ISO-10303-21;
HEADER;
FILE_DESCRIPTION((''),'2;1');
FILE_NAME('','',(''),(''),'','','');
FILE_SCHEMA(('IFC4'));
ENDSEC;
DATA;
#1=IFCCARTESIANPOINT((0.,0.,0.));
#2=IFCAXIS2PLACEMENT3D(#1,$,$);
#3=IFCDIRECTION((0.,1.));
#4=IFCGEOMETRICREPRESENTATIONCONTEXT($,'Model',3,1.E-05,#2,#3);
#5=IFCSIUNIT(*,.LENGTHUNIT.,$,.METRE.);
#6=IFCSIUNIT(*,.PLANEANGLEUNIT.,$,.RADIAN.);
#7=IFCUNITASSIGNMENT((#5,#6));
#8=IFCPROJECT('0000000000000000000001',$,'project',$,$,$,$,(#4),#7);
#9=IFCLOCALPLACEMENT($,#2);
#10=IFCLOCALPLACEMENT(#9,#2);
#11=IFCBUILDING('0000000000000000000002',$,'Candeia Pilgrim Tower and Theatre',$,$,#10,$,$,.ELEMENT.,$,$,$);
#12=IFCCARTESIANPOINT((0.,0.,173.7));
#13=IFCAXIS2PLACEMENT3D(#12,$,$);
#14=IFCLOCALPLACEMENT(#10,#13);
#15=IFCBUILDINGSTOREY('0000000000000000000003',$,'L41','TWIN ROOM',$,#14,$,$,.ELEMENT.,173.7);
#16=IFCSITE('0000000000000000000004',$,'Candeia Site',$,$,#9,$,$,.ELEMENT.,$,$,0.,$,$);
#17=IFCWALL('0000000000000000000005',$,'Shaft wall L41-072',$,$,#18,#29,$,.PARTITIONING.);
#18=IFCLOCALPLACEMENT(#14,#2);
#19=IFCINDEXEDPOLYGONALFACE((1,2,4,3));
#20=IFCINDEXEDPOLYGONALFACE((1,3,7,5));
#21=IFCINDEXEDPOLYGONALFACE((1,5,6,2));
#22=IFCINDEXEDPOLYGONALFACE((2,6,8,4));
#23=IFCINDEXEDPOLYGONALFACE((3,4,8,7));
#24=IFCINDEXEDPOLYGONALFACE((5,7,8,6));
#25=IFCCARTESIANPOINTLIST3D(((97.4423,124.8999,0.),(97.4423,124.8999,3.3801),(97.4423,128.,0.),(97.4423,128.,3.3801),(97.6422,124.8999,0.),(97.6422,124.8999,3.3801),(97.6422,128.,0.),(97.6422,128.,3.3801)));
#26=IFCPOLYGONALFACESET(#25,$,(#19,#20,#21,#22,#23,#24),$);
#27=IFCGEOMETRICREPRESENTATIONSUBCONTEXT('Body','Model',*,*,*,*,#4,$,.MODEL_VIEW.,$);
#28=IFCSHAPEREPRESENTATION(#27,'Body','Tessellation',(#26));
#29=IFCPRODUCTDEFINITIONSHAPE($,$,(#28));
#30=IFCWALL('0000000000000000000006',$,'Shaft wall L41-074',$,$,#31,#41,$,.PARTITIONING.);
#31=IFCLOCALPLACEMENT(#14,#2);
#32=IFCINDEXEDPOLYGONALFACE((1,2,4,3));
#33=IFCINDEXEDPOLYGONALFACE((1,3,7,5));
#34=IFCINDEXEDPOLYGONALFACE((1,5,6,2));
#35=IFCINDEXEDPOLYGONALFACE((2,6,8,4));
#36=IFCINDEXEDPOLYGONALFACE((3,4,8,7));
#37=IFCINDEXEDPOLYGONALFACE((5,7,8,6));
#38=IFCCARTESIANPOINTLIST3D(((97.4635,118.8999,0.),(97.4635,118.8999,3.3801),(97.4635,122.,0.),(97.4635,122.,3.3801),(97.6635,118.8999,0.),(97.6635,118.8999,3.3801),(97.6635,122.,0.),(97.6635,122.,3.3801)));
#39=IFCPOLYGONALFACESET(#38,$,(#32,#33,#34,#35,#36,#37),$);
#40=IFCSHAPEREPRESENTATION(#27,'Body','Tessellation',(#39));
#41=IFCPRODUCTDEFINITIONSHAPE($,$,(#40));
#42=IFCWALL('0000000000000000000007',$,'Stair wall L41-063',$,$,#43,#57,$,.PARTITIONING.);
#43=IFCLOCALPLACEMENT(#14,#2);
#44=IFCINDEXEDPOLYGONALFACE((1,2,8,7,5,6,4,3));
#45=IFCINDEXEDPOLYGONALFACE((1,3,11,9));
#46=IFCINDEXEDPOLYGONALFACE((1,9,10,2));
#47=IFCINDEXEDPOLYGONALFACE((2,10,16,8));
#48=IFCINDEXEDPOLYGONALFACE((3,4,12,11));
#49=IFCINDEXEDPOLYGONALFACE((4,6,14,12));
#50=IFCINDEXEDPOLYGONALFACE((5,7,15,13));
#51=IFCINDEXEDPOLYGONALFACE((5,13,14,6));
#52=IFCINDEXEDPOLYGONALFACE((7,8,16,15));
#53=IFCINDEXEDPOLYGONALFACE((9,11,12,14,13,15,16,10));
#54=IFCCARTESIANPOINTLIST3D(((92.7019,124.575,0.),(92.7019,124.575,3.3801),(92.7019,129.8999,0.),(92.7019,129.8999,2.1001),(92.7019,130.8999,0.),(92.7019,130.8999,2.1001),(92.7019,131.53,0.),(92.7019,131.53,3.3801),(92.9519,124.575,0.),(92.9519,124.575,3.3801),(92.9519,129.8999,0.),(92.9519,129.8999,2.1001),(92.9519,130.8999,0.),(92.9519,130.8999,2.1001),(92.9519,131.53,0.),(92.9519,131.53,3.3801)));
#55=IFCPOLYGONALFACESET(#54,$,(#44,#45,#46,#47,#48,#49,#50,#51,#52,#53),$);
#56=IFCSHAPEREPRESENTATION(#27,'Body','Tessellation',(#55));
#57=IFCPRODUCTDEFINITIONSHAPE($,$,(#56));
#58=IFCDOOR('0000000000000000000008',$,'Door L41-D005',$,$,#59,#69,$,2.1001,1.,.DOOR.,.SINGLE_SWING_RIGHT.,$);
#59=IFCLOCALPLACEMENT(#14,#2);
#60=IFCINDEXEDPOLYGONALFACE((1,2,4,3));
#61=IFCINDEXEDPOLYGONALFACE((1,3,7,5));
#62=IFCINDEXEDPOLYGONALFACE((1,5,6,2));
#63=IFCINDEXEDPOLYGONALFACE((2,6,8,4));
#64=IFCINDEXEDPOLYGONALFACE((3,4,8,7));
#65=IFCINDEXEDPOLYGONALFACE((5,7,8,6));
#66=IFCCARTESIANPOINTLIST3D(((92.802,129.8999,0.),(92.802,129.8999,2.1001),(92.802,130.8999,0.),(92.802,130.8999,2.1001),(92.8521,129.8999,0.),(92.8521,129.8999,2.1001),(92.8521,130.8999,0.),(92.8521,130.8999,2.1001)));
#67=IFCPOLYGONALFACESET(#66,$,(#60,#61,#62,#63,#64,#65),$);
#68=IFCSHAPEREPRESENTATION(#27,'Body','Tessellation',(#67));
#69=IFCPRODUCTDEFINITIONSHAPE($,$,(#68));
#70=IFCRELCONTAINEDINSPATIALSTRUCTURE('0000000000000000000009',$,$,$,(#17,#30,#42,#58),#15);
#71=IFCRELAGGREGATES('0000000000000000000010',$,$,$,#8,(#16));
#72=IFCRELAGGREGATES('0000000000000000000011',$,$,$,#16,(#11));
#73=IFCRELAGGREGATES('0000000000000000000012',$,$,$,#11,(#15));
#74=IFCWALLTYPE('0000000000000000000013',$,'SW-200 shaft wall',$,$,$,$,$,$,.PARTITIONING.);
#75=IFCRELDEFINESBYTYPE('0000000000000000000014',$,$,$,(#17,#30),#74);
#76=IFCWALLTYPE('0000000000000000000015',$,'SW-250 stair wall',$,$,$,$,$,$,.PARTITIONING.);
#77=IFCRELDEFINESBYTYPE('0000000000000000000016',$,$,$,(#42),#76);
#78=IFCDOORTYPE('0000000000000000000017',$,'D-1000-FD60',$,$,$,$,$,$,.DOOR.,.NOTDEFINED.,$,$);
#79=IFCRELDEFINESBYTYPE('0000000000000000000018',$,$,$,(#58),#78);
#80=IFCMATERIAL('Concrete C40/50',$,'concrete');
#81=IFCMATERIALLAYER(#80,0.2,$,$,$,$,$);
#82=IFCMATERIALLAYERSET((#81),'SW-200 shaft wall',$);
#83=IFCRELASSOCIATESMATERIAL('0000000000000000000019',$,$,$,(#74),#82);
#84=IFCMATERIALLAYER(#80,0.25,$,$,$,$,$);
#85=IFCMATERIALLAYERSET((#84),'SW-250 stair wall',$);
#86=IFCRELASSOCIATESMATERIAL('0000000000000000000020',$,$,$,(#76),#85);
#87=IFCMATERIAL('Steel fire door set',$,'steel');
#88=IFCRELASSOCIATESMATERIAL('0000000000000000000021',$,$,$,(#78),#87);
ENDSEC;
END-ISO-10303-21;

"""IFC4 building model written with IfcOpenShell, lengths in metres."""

from ifc_helpers import new_model, si_unit, direction, frame, frame_2d, origin, place, context, subcontext, project, spatial, rectangle, extrude, material, layer, layer_set, type_object, element, fill, save


model = new_model("IFC4")

# Units and contexts
model_context = context("Model", 3, precision=1e-05, world=origin(), true_north=direction((0.0, 1.0)))
body_context = subcontext(model_context, "Body", "Model", "MODEL_VIEW")
ifc_project = project(units=[si_unit("LENGTHUNIT", "METRE"), si_unit("PLANEANGLEUNIT", "RADIAN")], contexts=[model_context])

# Site, building, storey
site_placement = place(None, origin())
site = spatial("IfcSite", under=ifc_project, at=site_placement, Name="Candeia Site", CompositionType="ELEMENT", RefElevation=0.0)
building_placement = place(site_placement, origin())
building = spatial("IfcBuilding", under=site, at=building_placement, Name="Candeia Pilgrim Tower and Theatre", CompositionType="ELEMENT")
storey_placement = place(building_placement, frame((0.0, 0.0, 173.7)))
storey = spatial("IfcBuildingStorey", under=building, at=storey_placement, Name="L41", Description="TWIN ROOM", CompositionType="ELEMENT", Elevation=173.7)

# Shared definitions
ifc_material_1 = material(Name="Steel fire door set", Category="steel")

# Shared definitions
ifc_material_2 = material(Name="Concrete C40/50", Category="concrete")
ifc_layer_1 = layer(ifc_material_2, 0.2)
ifc_layer_set_1 = layer_set([ifc_layer_1], Name="SW-200 shaft wall")
wall_type_1 = type_object("IfcWallType", Name="SW-200 shaft wall", PredefinedType="PARTITIONING", material=ifc_layer_set_1)

# Walls
for number, where, z_axis, x_axis, name in (
    (1, (97.5422, 124.8999, 0.0), (0.0, 0.0, 1.0), (0.0, 1.0, 0.0), "Shaft wall L41-072"),
    (2, (97.5635, 118.8999, 0.0), (0.0, 0.0, 1.0), (0.0, 1.0, 0.0), "Shaft wall L41-074"),
):
    element("IfcWall", number, at=place(storey_placement, frame(where, z_axis=z_axis, x_axis=x_axis)), inside=storey, type_object=wall_type_1, Name=name, PredefinedType="PARTITIONING", context=body_context, shape_type="SweptSolid", body=[
        extrude(rectangle(XDim=3.1001, YDim=0.2, at=frame_2d((1.55, 0.0))), origin(), (0.0, 0.0, 1.0), 3.3801),
    ])

# Wall, opening, door
ifc_layer_2 = layer(ifc_material_2, 0.25)
ifc_layer_set_2 = layer_set([ifc_layer_2], Name="SW-250 stair wall")
wall_type_2 = type_object("IfcWallType", Name="SW-250 stair wall", PredefinedType="PARTITIONING", material=ifc_layer_set_2)
wall_1_placement = place(storey_placement, frame((92.8269, 124.575, 0.0), z_axis=(0.0, 0.0, 1.0), x_axis=(0.0, 1.0, 0.0)))
wall_1 = element("IfcWall", 3, at=wall_1_placement, inside=storey, type_object=wall_type_2, Name="Stair wall L41-063", PredefinedType="PARTITIONING", context=body_context, shape_type="SweptSolid", body=[
    extrude(rectangle(XDim=6.9551, YDim=0.25, at=frame_2d((3.4775, 0.0))), origin(), (0.0, 0.0, 1.0), 3.3801),
])
opening_1_placement = place(wall_1_placement, frame((5.325, 0.0, 0.0)))
opening_1 = element("IfcOpeningElement", 4, at=opening_1_placement, cuts=wall_1, PredefinedType="OPENING", context=body_context, shape_type="SweptSolid", body=[
    extrude(rectangle(XDim=1.0, YDim=2.1001, at=frame_2d((0.5, 1.05))), frame((0.0, 0.135, 0.0), z_axis=(0.0, -1.0, 0.0), x_axis=(1.0, 0.0, 0.0)), (0.0, 0.0, 1.0), 0.27),
])
door_type_1 = type_object("IfcDoorType", Name="D-1000-FD60", OperationType="NOTDEFINED", PredefinedType="DOOR", material=ifc_material_1)
door_1_placement = place(opening_1_placement, origin())
door_1 = element("IfcDoor", 5, at=door_1_placement, inside=storey, type_object=door_type_1, Name="Door L41-D005", OperationType="SINGLE_SWING_RIGHT", OverallHeight=2.1001, OverallWidth=1.0, PredefinedType="DOOR", context=body_context, shape_type="SweptSolid", body=[
    extrude(rectangle(XDim=1.0, YDim=2.1001, at=frame_2d((0.5, 1.05))), frame((0.0, 0.0249, 0.0), z_axis=(0.0, -1.0, 0.0), x_axis=(1.0, 0.0, 0.0)), (0.0, 0.0, 1.0), 0.05),
])
fill(opening_1, door_1)

save(model, "model.ifc")
